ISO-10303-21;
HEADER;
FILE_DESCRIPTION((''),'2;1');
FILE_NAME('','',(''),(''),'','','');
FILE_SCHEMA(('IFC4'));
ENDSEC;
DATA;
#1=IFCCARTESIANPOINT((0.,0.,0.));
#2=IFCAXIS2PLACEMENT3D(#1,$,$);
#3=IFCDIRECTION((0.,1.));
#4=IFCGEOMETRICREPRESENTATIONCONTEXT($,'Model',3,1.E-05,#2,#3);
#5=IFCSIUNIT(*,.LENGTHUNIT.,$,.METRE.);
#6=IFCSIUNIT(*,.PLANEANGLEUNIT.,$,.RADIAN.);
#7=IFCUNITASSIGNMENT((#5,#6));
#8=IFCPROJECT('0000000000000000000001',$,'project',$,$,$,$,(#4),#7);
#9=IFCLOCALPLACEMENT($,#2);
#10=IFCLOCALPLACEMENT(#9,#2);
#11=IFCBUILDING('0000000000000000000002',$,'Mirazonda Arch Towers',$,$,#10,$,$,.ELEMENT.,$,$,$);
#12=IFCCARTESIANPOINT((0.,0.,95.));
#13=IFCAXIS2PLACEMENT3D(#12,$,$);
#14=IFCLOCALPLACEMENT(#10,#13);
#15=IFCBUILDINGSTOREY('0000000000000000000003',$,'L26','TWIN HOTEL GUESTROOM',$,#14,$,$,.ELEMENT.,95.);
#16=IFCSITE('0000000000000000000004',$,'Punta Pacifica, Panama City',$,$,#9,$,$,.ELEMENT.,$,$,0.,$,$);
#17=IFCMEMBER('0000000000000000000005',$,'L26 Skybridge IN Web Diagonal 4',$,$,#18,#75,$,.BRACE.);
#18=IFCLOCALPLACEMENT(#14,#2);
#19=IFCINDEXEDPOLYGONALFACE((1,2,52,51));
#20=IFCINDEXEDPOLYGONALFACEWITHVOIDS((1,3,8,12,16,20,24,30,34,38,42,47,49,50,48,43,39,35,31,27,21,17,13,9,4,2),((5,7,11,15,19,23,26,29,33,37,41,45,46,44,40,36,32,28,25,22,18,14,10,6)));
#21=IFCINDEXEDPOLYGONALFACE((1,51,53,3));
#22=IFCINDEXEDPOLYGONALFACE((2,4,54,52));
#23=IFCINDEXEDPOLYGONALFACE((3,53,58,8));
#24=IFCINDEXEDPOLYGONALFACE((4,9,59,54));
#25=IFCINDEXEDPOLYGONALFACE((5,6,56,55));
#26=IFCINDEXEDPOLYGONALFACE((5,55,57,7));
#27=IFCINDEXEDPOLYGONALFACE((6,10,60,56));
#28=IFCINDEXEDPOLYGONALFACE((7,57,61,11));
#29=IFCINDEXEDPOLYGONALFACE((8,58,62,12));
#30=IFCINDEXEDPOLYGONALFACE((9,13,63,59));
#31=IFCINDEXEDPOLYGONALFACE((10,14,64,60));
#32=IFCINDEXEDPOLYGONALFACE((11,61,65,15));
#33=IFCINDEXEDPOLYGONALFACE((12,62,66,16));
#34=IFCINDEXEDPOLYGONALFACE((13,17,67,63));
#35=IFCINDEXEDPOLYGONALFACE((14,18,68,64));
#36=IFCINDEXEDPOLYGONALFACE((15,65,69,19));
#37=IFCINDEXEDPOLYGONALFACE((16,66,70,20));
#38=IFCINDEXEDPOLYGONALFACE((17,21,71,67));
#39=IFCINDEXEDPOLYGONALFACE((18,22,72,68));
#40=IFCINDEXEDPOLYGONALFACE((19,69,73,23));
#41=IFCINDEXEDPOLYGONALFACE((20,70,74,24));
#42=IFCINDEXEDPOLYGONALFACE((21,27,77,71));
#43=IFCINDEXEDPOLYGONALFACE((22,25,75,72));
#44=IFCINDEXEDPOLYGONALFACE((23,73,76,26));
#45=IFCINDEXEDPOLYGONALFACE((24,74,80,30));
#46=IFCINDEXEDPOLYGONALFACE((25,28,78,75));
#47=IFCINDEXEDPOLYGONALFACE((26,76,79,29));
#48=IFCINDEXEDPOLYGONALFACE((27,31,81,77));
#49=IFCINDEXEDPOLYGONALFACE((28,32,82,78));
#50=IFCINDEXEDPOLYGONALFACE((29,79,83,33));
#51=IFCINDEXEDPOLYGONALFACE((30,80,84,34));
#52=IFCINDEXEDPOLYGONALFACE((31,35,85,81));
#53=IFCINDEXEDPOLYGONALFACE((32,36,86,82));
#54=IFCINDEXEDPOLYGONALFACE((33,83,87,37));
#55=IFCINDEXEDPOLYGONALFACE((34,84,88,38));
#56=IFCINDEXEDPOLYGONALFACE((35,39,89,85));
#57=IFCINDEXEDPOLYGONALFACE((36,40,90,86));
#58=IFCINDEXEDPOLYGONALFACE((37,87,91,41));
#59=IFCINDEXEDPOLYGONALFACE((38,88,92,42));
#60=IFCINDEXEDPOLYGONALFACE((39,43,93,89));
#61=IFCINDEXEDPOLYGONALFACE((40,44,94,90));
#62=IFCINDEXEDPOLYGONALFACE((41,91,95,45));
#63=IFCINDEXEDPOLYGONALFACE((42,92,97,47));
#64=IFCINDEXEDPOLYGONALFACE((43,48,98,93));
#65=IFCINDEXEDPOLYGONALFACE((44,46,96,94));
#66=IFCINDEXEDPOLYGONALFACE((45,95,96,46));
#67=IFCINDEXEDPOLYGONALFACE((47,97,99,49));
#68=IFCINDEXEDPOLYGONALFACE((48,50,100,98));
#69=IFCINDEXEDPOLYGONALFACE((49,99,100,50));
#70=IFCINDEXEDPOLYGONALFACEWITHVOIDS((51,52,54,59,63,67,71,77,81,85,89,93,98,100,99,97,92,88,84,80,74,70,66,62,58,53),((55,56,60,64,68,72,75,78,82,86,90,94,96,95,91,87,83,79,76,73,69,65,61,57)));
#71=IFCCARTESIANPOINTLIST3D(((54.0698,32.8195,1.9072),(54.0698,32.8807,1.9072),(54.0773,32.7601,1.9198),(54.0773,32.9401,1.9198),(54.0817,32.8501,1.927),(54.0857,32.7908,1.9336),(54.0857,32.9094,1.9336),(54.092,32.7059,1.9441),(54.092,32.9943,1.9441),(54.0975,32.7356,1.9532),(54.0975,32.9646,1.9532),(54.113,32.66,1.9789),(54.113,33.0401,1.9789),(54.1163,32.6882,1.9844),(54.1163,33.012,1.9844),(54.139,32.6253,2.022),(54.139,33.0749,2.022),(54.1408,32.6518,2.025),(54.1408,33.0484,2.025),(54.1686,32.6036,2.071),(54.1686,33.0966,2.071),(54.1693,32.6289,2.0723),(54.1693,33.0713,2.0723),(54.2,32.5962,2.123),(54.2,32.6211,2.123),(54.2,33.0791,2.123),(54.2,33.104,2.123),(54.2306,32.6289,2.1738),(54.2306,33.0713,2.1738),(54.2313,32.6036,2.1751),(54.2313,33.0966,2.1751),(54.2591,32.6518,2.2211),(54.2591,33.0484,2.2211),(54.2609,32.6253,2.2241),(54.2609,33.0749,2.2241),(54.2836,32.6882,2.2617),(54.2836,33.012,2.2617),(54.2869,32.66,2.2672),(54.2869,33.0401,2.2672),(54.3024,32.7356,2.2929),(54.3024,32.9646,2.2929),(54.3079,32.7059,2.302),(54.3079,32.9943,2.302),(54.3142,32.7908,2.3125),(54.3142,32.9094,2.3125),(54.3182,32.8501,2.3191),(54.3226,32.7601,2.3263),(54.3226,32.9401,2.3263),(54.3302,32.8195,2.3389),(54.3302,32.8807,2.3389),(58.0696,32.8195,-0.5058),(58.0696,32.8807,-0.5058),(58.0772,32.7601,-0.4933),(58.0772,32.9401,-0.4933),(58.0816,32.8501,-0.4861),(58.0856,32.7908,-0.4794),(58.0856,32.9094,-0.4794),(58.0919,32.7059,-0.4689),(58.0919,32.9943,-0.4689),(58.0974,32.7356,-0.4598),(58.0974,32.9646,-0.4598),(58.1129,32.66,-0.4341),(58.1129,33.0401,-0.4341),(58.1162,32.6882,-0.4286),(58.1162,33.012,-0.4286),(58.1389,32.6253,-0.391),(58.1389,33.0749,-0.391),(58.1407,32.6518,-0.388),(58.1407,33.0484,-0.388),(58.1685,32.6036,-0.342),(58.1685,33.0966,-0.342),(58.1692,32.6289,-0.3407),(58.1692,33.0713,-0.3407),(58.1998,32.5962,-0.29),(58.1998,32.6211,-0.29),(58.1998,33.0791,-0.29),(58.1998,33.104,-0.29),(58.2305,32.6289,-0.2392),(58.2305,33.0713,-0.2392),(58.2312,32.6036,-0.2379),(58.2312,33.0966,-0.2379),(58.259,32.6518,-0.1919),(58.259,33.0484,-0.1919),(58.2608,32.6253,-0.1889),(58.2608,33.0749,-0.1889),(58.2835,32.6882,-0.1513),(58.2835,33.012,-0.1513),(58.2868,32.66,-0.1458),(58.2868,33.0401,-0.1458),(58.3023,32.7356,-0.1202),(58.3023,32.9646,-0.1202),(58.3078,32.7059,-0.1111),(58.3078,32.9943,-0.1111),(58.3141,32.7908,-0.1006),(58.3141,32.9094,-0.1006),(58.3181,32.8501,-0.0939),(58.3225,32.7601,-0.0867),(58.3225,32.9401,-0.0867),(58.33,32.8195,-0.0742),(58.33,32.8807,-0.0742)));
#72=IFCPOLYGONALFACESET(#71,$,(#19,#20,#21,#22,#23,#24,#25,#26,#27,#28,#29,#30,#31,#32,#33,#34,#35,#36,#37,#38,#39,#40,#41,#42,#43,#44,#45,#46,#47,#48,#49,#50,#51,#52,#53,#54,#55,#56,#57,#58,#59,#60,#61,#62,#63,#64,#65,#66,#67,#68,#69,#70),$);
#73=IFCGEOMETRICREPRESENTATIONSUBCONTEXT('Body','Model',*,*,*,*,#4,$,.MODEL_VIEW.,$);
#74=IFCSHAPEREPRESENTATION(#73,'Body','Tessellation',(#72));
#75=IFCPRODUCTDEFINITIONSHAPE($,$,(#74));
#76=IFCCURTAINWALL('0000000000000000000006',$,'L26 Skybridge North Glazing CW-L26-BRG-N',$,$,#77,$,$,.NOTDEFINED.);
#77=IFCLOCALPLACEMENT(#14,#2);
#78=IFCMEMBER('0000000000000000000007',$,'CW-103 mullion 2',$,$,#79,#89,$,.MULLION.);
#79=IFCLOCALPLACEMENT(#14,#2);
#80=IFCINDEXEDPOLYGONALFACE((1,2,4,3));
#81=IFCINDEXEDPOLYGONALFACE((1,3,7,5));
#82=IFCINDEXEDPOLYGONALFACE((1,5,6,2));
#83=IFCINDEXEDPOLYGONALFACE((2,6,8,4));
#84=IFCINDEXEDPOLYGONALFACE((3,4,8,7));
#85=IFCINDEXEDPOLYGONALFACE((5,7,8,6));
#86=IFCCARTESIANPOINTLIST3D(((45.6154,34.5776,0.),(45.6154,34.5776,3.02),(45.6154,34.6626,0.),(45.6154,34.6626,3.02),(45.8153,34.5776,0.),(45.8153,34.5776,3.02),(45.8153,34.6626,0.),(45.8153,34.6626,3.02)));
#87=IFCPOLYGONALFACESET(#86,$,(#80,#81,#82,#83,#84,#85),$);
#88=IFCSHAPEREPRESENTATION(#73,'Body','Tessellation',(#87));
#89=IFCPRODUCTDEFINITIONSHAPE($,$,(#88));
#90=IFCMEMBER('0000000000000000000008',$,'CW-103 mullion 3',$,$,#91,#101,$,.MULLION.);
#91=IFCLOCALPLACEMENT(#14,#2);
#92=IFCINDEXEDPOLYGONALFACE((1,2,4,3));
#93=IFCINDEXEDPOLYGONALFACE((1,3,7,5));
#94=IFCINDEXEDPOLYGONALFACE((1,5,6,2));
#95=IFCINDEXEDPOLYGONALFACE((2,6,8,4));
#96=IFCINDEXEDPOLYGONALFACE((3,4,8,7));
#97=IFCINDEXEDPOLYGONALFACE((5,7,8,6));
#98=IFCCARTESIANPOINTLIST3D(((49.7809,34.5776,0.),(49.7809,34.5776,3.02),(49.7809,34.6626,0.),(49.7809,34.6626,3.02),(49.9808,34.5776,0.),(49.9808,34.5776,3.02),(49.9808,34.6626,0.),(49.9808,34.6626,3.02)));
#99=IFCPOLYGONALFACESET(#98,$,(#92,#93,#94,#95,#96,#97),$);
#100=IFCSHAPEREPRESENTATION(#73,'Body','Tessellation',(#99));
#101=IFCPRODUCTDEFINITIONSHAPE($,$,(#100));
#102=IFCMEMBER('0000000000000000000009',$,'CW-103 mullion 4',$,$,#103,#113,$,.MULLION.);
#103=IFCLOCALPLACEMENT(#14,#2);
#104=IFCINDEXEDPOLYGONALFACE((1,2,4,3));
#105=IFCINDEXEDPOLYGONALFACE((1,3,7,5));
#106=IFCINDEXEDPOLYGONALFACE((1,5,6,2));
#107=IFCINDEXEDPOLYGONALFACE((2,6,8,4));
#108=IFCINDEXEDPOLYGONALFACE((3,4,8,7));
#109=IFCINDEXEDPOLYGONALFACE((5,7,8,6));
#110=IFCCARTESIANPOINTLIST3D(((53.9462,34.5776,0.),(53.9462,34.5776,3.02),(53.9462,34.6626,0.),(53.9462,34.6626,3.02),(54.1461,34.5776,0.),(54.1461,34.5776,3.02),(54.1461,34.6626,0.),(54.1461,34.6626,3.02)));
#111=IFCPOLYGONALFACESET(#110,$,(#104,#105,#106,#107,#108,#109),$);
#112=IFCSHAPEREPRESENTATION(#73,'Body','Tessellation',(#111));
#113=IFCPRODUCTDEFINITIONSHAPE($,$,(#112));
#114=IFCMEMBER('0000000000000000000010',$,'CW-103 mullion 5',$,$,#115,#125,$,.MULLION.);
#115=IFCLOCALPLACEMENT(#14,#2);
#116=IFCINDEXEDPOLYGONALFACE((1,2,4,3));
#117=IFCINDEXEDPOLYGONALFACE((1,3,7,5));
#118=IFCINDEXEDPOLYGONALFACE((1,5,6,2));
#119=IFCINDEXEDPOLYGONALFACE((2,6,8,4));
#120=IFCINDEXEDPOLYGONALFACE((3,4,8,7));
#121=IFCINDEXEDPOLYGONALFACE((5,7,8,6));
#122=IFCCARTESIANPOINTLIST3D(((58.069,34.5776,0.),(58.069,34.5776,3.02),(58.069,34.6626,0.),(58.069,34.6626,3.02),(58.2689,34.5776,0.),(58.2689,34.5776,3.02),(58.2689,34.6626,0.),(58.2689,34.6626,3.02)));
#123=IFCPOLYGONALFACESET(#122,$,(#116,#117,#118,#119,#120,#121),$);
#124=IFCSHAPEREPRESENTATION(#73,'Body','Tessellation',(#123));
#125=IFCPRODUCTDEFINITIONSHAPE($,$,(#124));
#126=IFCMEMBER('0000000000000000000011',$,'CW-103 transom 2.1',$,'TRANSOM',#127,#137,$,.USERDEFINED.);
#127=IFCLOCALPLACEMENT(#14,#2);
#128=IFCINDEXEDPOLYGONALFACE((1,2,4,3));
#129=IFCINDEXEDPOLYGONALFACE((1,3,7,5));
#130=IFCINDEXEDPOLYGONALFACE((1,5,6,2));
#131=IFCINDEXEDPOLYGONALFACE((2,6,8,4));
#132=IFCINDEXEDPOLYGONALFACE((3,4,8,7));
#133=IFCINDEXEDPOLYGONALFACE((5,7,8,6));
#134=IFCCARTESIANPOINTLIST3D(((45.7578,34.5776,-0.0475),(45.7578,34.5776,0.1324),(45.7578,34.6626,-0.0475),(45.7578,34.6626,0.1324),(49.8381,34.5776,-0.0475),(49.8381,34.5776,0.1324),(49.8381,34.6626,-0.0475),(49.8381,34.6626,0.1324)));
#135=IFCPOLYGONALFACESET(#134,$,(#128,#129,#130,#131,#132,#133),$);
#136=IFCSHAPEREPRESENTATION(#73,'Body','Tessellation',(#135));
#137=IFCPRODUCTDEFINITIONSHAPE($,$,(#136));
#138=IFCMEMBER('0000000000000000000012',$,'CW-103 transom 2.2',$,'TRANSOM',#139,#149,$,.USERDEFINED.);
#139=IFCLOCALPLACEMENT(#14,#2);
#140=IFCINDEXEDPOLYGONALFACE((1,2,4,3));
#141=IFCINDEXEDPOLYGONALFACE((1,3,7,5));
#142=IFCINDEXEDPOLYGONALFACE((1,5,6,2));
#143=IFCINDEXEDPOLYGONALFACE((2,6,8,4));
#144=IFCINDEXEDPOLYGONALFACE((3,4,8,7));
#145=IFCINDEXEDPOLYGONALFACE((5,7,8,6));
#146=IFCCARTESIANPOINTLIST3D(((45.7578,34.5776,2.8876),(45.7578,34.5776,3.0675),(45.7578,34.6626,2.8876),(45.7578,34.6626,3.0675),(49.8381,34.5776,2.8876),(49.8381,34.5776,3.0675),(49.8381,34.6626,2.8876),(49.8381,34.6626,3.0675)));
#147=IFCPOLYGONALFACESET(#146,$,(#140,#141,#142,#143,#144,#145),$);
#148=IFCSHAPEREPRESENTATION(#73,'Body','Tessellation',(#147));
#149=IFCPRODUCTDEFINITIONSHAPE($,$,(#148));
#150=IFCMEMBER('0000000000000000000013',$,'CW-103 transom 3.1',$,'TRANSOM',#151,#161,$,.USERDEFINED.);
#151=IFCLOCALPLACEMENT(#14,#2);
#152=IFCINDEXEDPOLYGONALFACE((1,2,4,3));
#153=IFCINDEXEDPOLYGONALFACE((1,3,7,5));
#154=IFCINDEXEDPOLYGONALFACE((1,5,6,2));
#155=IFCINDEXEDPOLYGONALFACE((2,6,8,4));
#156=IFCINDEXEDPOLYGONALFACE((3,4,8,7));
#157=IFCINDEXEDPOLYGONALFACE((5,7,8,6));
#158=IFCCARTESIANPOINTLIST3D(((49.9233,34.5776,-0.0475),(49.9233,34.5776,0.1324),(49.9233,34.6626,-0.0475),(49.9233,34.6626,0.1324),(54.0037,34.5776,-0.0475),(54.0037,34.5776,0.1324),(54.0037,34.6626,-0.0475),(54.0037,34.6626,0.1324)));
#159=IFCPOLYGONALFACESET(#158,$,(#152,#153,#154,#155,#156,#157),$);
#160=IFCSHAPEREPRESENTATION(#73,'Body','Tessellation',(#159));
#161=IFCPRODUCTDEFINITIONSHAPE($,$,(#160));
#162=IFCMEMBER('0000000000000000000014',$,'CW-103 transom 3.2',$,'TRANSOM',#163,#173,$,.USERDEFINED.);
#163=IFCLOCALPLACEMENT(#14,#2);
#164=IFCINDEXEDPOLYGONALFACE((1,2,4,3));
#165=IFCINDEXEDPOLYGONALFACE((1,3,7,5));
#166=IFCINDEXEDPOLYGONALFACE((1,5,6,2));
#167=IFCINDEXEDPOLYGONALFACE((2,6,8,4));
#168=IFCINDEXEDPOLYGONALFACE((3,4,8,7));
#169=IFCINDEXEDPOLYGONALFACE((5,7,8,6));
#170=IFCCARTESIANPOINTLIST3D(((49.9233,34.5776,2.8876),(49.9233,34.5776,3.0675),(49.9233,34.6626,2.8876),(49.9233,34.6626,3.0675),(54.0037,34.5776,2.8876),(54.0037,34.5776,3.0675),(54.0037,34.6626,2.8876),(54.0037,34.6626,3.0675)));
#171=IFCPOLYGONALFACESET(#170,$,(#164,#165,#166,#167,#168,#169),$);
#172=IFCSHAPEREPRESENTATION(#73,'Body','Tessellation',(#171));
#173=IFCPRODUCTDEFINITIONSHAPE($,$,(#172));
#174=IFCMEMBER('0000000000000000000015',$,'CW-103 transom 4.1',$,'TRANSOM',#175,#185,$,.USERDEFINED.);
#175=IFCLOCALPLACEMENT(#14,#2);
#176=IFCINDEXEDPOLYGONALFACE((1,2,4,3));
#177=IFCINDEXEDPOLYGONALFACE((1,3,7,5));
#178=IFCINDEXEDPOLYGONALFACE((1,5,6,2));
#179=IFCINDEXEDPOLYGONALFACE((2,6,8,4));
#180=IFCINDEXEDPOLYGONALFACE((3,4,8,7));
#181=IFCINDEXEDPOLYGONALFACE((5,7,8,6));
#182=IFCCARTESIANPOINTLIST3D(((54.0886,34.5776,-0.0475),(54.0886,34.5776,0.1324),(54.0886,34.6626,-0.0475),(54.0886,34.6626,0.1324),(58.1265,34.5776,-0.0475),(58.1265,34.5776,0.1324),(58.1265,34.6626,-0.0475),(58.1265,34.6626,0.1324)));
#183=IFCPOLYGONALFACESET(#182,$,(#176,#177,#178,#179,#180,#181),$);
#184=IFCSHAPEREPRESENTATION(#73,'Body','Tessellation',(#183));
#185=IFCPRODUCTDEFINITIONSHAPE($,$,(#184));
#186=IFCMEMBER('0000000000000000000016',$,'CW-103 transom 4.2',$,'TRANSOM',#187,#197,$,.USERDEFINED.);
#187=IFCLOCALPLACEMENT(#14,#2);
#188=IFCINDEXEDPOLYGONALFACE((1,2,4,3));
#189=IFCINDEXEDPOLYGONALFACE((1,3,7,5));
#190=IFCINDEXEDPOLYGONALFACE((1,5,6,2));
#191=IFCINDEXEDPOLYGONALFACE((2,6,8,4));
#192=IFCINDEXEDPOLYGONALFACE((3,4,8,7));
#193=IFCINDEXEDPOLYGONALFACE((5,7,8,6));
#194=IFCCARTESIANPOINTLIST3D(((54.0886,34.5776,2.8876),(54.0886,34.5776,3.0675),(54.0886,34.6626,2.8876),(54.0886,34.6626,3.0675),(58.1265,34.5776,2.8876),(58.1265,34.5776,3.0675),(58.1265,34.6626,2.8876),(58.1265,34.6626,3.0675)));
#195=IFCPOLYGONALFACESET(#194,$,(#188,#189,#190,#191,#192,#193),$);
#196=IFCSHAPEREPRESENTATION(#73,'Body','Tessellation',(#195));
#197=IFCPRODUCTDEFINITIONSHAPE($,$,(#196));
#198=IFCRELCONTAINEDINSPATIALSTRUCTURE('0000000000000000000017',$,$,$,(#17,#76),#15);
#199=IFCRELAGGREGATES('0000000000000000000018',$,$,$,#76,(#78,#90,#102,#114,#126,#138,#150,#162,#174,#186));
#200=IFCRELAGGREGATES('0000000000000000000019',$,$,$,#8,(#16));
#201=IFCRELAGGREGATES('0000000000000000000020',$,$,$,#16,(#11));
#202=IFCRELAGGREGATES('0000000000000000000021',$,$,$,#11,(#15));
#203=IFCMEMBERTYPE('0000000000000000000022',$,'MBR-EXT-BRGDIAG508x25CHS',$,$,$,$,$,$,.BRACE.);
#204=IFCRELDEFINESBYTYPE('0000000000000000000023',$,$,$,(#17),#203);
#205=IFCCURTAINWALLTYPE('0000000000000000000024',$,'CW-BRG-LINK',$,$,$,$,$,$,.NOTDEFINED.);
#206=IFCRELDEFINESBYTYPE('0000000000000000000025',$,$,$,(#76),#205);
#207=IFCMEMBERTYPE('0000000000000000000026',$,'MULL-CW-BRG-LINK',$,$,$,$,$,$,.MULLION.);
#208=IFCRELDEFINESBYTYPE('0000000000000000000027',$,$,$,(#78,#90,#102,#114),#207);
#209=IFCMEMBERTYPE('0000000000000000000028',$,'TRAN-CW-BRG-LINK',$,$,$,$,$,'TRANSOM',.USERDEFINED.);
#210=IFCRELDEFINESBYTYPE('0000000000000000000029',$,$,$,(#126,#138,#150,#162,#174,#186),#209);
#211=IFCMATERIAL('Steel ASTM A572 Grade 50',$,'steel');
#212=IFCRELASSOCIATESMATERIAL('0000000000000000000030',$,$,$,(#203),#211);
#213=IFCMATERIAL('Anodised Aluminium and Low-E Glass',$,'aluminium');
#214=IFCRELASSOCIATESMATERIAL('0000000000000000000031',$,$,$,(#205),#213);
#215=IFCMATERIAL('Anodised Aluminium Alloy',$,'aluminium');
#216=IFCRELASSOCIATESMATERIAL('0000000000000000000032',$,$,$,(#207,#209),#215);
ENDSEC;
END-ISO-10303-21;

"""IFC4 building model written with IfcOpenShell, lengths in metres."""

from ifc_helpers import new_model, si_unit, direction, frame, origin, origin_2d, place, context, subcontext, project, spatial, rectangle, hollow_circle, extrude, material, material_profile, profile_set, type_object, element, aggregate, save


model = new_model("IFC4")

# Units and contexts
model_context = context("Model", 3, precision=1e-05, world=origin(), true_north=direction((0.0, 1.0)))
body_context = subcontext(model_context, "Body", "Model", "MODEL_VIEW")
ifc_project = project(units=[si_unit("LENGTHUNIT", "METRE"), si_unit("PLANEANGLEUNIT", "RADIAN")], contexts=[model_context])

# Site, building, storey
site_placement = place(None, origin())
site = spatial("IfcSite", under=ifc_project, at=site_placement, Name="Punta Pacifica, Panama City", CompositionType="ELEMENT", RefElevation=0.0)
building_placement = place(site_placement, origin())
building = spatial("IfcBuilding", under=site, at=building_placement, Name="Mirazonda Arch Towers", CompositionType="ELEMENT")
storey_placement = place(building_placement, frame((0.0, 0.0, 95.0)))
storey = spatial("IfcBuildingStorey", under=building, at=storey_placement, Name="L26", Description="TWIN HOTEL GUESTROOM", CompositionType="ELEMENT", Elevation=95.0)

# Member
ifc_material_1 = material(Name="Steel ASTM A572 Grade 50", Category="steel")
ifc_material_profile_1 = material_profile(ifc_material_1, hollow_circle(Radius=0.2539, WallThickness=0.0249, at=origin_2d()), Name="BRGDIAG508x25CHS")
ifc_profile_set_1 = profile_set([ifc_material_profile_1], Name="Steel ASTM A572 Grade 50")
member_type_1 = type_object("IfcMemberType", Name="MBR-EXT-BRGDIAG508x25CHS", PredefinedType="BRACE", material=ifc_profile_set_1)
for number, where, z_axis, x_axis, name in (
    (1, (54.2, 32.8501, 2.123), (0.856255, 0.0, -0.516554), (0.0, 1.0, 0.0), "L26 Skybridge IN Web Diagonal 4"),
):
    element("IfcMember", number, at=place(storey_placement, frame(where, z_axis=z_axis, x_axis=x_axis)), inside=storey, type_object=member_type_1, Name=name, PredefinedType="BRACE", context=body_context, shape_type="SweptSolid", body=[
        extrude(hollow_circle(Radius=0.2539, WallThickness=0.0249, at=origin_2d()), origin(), (0.0, 0.0, 1.0), 4.6714),
    ])

# Curtain wall, members
ifc_material_2 = material(Name="Anodised Aluminium and Low-E Glass", Category="aluminium")
curtain_wall_type = type_object("IfcCurtainWallType", Name="CW-BRG-LINK", PredefinedType="NOTDEFINED", material=ifc_material_2)
curtain_wall_placement = place(storey_placement, origin())
curtain_wall = element("IfcCurtainWall", 2, at=curtain_wall_placement, inside=storey, type_object=curtain_wall_type, Name="L26 Skybridge North Glazing CW-L26-BRG-N", PredefinedType="NOTDEFINED")
ifc_material_3 = material(Name="Anodised Aluminium Alloy", Category="aluminium")
ifc_material_profile_2 = material_profile(ifc_material_3, rectangle(XDim=0.085, YDim=0.2, at=origin_2d()), Name="ALU-MULL-85x200")
ifc_profile_set_2 = profile_set([ifc_material_profile_2], Name="Anodised Aluminium Alloy")
member_type_2 = type_object("IfcMemberType", Name="MULL-CW-BRG-LINK", PredefinedType="MULLION", material=ifc_profile_set_2)
member_1_placement = place(storey_placement, frame((45.7153, 34.6201, 0.0), z_axis=(0.0, 0.0, 1.0), x_axis=(0.0, 1.0, 0.0)))
member_1 = element("IfcMember", 3, at=member_1_placement, type_object=member_type_2, Name="CW-103 mullion 2", PredefinedType="MULLION", context=body_context, shape_type="SweptSolid", body=[
    extrude(rectangle(XDim=0.085, YDim=0.2, at=origin_2d()), origin(), (0.0, 0.0, 1.0), 3.02),
])
member_2_placement = place(storey_placement, frame((49.8809, 34.6201, 0.0), z_axis=(0.0, 0.0, 1.0), x_axis=(0.0, 1.0, 0.0)))
member_2 = element("IfcMember", 4, at=member_2_placement, type_object=member_type_2, Name="CW-103 mullion 3", PredefinedType="MULLION", context=body_context, shape_type="SweptSolid", body=[
    extrude(rectangle(XDim=0.085, YDim=0.2, at=origin_2d()), origin(), (0.0, 0.0, 1.0), 3.02),
])
member_3_placement = place(storey_placement, frame((54.0461, 34.6201, 0.0), z_axis=(0.0, 0.0, 1.0), x_axis=(0.0, 1.0, 0.0)))
member_3 = element("IfcMember", 5, at=member_3_placement, type_object=member_type_2, Name="CW-103 mullion 4", PredefinedType="MULLION", context=body_context, shape_type="SweptSolid", body=[
    extrude(rectangle(XDim=0.085, YDim=0.2, at=origin_2d()), origin(), (0.0, 0.0, 1.0), 3.02),
])
member_4_placement = place(storey_placement, frame((58.1689, 34.6201, 0.0), z_axis=(0.0, 0.0, 1.0), x_axis=(0.0, 1.0, 0.0)))
member_4 = element("IfcMember", 6, at=member_4_placement, type_object=member_type_2, Name="CW-103 mullion 5", PredefinedType="MULLION", context=body_context, shape_type="SweptSolid", body=[
    extrude(rectangle(XDim=0.085, YDim=0.2, at=origin_2d()), origin(), (0.0, 0.0, 1.0), 3.02),
])
ifc_material_profile_3 = material_profile(ifc_material_3, rectangle(XDim=0.085, YDim=0.1799, at=origin_2d()), Name="ALU-TRAN-85x180")
ifc_profile_set_3 = profile_set([ifc_material_profile_3], Name="Anodised Aluminium Alloy")
member_type_3 = type_object("IfcMemberType", Name="TRAN-CW-BRG-LINK", ElementType="TRANSOM", PredefinedType="USERDEFINED", material=ifc_profile_set_3)
member_5_placement = place(storey_placement, frame((45.7578, 34.6201, 0.0425), z_axis=(1.0, 0.0, 0.0), x_axis=(0.0, 1.0, 0.0)))
member_5 = element("IfcMember", 7, at=member_5_placement, type_object=member_type_3, Name="CW-103 transom 2.1", ObjectType="TRANSOM", PredefinedType="USERDEFINED", context=body_context, shape_type="SweptSolid", body=[
    extrude(rectangle(XDim=0.085, YDim=0.1799, at=origin_2d()), origin(), (0.0, 0.0, 1.0), 4.0803),
])
member_6_placement = place(storey_placement, frame((45.7578, 34.6201, 2.9775), z_axis=(1.0, 0.0, 0.0), x_axis=(0.0, 1.0, 0.0)))
member_6 = element("IfcMember", 8, at=member_6_placement, type_object=member_type_3, Name="CW-103 transom 2.2", ObjectType="TRANSOM", PredefinedType="USERDEFINED", context=body_context, shape_type="SweptSolid", body=[
    extrude(rectangle(XDim=0.085, YDim=0.1799, at=origin_2d()), origin(), (0.0, 0.0, 1.0), 4.0803),
])
member_7_placement = place(storey_placement, frame((49.9233, 34.6201, 0.0425), z_axis=(1.0, 0.0, 0.0), x_axis=(0.0, 1.0, 0.0)))
member_7 = element("IfcMember", 9, at=member_7_placement, type_object=member_type_3, Name="CW-103 transom 3.1", ObjectType="TRANSOM", PredefinedType="USERDEFINED", context=body_context, shape_type="SweptSolid", body=[
    extrude(rectangle(XDim=0.085, YDim=0.1799, at=origin_2d()), origin(), (0.0, 0.0, 1.0), 4.0803),
])
member_8_placement = place(storey_placement, frame((49.9233, 34.6201, 2.9775), z_axis=(1.0, 0.0, 0.0), x_axis=(0.0, 1.0, 0.0)))
member_8 = element("IfcMember", 10, at=member_8_placement, type_object=member_type_3, Name="CW-103 transom 3.2", ObjectType="TRANSOM", PredefinedType="USERDEFINED", context=body_context, shape_type="SweptSolid", body=[
    extrude(rectangle(XDim=0.085, YDim=0.1799, at=origin_2d()), origin(), (0.0, 0.0, 1.0), 4.0803),
])
member_9_placement = place(storey_placement, frame((54.0886, 34.6201, 0.0425), z_axis=(1.0, 0.0, 0.0), x_axis=(0.0, 1.0, 0.0)))
member_9 = element("IfcMember", 11, at=member_9_placement, type_object=member_type_3, Name="CW-103 transom 4.1", ObjectType="TRANSOM", PredefinedType="USERDEFINED", context=body_context, shape_type="SweptSolid", body=[
    extrude(rectangle(XDim=0.085, YDim=0.1799, at=origin_2d()), origin(), (0.0, 0.0, 1.0), 4.0378),
])
member_10_placement = place(storey_placement, frame((54.0886, 34.6201, 2.9775), z_axis=(1.0, 0.0, 0.0), x_axis=(0.0, 1.0, 0.0)))
member_10 = element("IfcMember", 12, at=member_10_placement, type_object=member_type_3, Name="CW-103 transom 4.2", ObjectType="TRANSOM", PredefinedType="USERDEFINED", context=body_context, shape_type="SweptSolid", body=[
    extrude(rectangle(XDim=0.085, YDim=0.1799, at=origin_2d()), origin(), (0.0, 0.0, 1.0), 4.0378),
])
aggregate(curtain_wall, [member_1, member_2, member_3, member_4, member_5, member_6, member_7, member_8, member_9, member_10])

save(model, "model.ifc")
